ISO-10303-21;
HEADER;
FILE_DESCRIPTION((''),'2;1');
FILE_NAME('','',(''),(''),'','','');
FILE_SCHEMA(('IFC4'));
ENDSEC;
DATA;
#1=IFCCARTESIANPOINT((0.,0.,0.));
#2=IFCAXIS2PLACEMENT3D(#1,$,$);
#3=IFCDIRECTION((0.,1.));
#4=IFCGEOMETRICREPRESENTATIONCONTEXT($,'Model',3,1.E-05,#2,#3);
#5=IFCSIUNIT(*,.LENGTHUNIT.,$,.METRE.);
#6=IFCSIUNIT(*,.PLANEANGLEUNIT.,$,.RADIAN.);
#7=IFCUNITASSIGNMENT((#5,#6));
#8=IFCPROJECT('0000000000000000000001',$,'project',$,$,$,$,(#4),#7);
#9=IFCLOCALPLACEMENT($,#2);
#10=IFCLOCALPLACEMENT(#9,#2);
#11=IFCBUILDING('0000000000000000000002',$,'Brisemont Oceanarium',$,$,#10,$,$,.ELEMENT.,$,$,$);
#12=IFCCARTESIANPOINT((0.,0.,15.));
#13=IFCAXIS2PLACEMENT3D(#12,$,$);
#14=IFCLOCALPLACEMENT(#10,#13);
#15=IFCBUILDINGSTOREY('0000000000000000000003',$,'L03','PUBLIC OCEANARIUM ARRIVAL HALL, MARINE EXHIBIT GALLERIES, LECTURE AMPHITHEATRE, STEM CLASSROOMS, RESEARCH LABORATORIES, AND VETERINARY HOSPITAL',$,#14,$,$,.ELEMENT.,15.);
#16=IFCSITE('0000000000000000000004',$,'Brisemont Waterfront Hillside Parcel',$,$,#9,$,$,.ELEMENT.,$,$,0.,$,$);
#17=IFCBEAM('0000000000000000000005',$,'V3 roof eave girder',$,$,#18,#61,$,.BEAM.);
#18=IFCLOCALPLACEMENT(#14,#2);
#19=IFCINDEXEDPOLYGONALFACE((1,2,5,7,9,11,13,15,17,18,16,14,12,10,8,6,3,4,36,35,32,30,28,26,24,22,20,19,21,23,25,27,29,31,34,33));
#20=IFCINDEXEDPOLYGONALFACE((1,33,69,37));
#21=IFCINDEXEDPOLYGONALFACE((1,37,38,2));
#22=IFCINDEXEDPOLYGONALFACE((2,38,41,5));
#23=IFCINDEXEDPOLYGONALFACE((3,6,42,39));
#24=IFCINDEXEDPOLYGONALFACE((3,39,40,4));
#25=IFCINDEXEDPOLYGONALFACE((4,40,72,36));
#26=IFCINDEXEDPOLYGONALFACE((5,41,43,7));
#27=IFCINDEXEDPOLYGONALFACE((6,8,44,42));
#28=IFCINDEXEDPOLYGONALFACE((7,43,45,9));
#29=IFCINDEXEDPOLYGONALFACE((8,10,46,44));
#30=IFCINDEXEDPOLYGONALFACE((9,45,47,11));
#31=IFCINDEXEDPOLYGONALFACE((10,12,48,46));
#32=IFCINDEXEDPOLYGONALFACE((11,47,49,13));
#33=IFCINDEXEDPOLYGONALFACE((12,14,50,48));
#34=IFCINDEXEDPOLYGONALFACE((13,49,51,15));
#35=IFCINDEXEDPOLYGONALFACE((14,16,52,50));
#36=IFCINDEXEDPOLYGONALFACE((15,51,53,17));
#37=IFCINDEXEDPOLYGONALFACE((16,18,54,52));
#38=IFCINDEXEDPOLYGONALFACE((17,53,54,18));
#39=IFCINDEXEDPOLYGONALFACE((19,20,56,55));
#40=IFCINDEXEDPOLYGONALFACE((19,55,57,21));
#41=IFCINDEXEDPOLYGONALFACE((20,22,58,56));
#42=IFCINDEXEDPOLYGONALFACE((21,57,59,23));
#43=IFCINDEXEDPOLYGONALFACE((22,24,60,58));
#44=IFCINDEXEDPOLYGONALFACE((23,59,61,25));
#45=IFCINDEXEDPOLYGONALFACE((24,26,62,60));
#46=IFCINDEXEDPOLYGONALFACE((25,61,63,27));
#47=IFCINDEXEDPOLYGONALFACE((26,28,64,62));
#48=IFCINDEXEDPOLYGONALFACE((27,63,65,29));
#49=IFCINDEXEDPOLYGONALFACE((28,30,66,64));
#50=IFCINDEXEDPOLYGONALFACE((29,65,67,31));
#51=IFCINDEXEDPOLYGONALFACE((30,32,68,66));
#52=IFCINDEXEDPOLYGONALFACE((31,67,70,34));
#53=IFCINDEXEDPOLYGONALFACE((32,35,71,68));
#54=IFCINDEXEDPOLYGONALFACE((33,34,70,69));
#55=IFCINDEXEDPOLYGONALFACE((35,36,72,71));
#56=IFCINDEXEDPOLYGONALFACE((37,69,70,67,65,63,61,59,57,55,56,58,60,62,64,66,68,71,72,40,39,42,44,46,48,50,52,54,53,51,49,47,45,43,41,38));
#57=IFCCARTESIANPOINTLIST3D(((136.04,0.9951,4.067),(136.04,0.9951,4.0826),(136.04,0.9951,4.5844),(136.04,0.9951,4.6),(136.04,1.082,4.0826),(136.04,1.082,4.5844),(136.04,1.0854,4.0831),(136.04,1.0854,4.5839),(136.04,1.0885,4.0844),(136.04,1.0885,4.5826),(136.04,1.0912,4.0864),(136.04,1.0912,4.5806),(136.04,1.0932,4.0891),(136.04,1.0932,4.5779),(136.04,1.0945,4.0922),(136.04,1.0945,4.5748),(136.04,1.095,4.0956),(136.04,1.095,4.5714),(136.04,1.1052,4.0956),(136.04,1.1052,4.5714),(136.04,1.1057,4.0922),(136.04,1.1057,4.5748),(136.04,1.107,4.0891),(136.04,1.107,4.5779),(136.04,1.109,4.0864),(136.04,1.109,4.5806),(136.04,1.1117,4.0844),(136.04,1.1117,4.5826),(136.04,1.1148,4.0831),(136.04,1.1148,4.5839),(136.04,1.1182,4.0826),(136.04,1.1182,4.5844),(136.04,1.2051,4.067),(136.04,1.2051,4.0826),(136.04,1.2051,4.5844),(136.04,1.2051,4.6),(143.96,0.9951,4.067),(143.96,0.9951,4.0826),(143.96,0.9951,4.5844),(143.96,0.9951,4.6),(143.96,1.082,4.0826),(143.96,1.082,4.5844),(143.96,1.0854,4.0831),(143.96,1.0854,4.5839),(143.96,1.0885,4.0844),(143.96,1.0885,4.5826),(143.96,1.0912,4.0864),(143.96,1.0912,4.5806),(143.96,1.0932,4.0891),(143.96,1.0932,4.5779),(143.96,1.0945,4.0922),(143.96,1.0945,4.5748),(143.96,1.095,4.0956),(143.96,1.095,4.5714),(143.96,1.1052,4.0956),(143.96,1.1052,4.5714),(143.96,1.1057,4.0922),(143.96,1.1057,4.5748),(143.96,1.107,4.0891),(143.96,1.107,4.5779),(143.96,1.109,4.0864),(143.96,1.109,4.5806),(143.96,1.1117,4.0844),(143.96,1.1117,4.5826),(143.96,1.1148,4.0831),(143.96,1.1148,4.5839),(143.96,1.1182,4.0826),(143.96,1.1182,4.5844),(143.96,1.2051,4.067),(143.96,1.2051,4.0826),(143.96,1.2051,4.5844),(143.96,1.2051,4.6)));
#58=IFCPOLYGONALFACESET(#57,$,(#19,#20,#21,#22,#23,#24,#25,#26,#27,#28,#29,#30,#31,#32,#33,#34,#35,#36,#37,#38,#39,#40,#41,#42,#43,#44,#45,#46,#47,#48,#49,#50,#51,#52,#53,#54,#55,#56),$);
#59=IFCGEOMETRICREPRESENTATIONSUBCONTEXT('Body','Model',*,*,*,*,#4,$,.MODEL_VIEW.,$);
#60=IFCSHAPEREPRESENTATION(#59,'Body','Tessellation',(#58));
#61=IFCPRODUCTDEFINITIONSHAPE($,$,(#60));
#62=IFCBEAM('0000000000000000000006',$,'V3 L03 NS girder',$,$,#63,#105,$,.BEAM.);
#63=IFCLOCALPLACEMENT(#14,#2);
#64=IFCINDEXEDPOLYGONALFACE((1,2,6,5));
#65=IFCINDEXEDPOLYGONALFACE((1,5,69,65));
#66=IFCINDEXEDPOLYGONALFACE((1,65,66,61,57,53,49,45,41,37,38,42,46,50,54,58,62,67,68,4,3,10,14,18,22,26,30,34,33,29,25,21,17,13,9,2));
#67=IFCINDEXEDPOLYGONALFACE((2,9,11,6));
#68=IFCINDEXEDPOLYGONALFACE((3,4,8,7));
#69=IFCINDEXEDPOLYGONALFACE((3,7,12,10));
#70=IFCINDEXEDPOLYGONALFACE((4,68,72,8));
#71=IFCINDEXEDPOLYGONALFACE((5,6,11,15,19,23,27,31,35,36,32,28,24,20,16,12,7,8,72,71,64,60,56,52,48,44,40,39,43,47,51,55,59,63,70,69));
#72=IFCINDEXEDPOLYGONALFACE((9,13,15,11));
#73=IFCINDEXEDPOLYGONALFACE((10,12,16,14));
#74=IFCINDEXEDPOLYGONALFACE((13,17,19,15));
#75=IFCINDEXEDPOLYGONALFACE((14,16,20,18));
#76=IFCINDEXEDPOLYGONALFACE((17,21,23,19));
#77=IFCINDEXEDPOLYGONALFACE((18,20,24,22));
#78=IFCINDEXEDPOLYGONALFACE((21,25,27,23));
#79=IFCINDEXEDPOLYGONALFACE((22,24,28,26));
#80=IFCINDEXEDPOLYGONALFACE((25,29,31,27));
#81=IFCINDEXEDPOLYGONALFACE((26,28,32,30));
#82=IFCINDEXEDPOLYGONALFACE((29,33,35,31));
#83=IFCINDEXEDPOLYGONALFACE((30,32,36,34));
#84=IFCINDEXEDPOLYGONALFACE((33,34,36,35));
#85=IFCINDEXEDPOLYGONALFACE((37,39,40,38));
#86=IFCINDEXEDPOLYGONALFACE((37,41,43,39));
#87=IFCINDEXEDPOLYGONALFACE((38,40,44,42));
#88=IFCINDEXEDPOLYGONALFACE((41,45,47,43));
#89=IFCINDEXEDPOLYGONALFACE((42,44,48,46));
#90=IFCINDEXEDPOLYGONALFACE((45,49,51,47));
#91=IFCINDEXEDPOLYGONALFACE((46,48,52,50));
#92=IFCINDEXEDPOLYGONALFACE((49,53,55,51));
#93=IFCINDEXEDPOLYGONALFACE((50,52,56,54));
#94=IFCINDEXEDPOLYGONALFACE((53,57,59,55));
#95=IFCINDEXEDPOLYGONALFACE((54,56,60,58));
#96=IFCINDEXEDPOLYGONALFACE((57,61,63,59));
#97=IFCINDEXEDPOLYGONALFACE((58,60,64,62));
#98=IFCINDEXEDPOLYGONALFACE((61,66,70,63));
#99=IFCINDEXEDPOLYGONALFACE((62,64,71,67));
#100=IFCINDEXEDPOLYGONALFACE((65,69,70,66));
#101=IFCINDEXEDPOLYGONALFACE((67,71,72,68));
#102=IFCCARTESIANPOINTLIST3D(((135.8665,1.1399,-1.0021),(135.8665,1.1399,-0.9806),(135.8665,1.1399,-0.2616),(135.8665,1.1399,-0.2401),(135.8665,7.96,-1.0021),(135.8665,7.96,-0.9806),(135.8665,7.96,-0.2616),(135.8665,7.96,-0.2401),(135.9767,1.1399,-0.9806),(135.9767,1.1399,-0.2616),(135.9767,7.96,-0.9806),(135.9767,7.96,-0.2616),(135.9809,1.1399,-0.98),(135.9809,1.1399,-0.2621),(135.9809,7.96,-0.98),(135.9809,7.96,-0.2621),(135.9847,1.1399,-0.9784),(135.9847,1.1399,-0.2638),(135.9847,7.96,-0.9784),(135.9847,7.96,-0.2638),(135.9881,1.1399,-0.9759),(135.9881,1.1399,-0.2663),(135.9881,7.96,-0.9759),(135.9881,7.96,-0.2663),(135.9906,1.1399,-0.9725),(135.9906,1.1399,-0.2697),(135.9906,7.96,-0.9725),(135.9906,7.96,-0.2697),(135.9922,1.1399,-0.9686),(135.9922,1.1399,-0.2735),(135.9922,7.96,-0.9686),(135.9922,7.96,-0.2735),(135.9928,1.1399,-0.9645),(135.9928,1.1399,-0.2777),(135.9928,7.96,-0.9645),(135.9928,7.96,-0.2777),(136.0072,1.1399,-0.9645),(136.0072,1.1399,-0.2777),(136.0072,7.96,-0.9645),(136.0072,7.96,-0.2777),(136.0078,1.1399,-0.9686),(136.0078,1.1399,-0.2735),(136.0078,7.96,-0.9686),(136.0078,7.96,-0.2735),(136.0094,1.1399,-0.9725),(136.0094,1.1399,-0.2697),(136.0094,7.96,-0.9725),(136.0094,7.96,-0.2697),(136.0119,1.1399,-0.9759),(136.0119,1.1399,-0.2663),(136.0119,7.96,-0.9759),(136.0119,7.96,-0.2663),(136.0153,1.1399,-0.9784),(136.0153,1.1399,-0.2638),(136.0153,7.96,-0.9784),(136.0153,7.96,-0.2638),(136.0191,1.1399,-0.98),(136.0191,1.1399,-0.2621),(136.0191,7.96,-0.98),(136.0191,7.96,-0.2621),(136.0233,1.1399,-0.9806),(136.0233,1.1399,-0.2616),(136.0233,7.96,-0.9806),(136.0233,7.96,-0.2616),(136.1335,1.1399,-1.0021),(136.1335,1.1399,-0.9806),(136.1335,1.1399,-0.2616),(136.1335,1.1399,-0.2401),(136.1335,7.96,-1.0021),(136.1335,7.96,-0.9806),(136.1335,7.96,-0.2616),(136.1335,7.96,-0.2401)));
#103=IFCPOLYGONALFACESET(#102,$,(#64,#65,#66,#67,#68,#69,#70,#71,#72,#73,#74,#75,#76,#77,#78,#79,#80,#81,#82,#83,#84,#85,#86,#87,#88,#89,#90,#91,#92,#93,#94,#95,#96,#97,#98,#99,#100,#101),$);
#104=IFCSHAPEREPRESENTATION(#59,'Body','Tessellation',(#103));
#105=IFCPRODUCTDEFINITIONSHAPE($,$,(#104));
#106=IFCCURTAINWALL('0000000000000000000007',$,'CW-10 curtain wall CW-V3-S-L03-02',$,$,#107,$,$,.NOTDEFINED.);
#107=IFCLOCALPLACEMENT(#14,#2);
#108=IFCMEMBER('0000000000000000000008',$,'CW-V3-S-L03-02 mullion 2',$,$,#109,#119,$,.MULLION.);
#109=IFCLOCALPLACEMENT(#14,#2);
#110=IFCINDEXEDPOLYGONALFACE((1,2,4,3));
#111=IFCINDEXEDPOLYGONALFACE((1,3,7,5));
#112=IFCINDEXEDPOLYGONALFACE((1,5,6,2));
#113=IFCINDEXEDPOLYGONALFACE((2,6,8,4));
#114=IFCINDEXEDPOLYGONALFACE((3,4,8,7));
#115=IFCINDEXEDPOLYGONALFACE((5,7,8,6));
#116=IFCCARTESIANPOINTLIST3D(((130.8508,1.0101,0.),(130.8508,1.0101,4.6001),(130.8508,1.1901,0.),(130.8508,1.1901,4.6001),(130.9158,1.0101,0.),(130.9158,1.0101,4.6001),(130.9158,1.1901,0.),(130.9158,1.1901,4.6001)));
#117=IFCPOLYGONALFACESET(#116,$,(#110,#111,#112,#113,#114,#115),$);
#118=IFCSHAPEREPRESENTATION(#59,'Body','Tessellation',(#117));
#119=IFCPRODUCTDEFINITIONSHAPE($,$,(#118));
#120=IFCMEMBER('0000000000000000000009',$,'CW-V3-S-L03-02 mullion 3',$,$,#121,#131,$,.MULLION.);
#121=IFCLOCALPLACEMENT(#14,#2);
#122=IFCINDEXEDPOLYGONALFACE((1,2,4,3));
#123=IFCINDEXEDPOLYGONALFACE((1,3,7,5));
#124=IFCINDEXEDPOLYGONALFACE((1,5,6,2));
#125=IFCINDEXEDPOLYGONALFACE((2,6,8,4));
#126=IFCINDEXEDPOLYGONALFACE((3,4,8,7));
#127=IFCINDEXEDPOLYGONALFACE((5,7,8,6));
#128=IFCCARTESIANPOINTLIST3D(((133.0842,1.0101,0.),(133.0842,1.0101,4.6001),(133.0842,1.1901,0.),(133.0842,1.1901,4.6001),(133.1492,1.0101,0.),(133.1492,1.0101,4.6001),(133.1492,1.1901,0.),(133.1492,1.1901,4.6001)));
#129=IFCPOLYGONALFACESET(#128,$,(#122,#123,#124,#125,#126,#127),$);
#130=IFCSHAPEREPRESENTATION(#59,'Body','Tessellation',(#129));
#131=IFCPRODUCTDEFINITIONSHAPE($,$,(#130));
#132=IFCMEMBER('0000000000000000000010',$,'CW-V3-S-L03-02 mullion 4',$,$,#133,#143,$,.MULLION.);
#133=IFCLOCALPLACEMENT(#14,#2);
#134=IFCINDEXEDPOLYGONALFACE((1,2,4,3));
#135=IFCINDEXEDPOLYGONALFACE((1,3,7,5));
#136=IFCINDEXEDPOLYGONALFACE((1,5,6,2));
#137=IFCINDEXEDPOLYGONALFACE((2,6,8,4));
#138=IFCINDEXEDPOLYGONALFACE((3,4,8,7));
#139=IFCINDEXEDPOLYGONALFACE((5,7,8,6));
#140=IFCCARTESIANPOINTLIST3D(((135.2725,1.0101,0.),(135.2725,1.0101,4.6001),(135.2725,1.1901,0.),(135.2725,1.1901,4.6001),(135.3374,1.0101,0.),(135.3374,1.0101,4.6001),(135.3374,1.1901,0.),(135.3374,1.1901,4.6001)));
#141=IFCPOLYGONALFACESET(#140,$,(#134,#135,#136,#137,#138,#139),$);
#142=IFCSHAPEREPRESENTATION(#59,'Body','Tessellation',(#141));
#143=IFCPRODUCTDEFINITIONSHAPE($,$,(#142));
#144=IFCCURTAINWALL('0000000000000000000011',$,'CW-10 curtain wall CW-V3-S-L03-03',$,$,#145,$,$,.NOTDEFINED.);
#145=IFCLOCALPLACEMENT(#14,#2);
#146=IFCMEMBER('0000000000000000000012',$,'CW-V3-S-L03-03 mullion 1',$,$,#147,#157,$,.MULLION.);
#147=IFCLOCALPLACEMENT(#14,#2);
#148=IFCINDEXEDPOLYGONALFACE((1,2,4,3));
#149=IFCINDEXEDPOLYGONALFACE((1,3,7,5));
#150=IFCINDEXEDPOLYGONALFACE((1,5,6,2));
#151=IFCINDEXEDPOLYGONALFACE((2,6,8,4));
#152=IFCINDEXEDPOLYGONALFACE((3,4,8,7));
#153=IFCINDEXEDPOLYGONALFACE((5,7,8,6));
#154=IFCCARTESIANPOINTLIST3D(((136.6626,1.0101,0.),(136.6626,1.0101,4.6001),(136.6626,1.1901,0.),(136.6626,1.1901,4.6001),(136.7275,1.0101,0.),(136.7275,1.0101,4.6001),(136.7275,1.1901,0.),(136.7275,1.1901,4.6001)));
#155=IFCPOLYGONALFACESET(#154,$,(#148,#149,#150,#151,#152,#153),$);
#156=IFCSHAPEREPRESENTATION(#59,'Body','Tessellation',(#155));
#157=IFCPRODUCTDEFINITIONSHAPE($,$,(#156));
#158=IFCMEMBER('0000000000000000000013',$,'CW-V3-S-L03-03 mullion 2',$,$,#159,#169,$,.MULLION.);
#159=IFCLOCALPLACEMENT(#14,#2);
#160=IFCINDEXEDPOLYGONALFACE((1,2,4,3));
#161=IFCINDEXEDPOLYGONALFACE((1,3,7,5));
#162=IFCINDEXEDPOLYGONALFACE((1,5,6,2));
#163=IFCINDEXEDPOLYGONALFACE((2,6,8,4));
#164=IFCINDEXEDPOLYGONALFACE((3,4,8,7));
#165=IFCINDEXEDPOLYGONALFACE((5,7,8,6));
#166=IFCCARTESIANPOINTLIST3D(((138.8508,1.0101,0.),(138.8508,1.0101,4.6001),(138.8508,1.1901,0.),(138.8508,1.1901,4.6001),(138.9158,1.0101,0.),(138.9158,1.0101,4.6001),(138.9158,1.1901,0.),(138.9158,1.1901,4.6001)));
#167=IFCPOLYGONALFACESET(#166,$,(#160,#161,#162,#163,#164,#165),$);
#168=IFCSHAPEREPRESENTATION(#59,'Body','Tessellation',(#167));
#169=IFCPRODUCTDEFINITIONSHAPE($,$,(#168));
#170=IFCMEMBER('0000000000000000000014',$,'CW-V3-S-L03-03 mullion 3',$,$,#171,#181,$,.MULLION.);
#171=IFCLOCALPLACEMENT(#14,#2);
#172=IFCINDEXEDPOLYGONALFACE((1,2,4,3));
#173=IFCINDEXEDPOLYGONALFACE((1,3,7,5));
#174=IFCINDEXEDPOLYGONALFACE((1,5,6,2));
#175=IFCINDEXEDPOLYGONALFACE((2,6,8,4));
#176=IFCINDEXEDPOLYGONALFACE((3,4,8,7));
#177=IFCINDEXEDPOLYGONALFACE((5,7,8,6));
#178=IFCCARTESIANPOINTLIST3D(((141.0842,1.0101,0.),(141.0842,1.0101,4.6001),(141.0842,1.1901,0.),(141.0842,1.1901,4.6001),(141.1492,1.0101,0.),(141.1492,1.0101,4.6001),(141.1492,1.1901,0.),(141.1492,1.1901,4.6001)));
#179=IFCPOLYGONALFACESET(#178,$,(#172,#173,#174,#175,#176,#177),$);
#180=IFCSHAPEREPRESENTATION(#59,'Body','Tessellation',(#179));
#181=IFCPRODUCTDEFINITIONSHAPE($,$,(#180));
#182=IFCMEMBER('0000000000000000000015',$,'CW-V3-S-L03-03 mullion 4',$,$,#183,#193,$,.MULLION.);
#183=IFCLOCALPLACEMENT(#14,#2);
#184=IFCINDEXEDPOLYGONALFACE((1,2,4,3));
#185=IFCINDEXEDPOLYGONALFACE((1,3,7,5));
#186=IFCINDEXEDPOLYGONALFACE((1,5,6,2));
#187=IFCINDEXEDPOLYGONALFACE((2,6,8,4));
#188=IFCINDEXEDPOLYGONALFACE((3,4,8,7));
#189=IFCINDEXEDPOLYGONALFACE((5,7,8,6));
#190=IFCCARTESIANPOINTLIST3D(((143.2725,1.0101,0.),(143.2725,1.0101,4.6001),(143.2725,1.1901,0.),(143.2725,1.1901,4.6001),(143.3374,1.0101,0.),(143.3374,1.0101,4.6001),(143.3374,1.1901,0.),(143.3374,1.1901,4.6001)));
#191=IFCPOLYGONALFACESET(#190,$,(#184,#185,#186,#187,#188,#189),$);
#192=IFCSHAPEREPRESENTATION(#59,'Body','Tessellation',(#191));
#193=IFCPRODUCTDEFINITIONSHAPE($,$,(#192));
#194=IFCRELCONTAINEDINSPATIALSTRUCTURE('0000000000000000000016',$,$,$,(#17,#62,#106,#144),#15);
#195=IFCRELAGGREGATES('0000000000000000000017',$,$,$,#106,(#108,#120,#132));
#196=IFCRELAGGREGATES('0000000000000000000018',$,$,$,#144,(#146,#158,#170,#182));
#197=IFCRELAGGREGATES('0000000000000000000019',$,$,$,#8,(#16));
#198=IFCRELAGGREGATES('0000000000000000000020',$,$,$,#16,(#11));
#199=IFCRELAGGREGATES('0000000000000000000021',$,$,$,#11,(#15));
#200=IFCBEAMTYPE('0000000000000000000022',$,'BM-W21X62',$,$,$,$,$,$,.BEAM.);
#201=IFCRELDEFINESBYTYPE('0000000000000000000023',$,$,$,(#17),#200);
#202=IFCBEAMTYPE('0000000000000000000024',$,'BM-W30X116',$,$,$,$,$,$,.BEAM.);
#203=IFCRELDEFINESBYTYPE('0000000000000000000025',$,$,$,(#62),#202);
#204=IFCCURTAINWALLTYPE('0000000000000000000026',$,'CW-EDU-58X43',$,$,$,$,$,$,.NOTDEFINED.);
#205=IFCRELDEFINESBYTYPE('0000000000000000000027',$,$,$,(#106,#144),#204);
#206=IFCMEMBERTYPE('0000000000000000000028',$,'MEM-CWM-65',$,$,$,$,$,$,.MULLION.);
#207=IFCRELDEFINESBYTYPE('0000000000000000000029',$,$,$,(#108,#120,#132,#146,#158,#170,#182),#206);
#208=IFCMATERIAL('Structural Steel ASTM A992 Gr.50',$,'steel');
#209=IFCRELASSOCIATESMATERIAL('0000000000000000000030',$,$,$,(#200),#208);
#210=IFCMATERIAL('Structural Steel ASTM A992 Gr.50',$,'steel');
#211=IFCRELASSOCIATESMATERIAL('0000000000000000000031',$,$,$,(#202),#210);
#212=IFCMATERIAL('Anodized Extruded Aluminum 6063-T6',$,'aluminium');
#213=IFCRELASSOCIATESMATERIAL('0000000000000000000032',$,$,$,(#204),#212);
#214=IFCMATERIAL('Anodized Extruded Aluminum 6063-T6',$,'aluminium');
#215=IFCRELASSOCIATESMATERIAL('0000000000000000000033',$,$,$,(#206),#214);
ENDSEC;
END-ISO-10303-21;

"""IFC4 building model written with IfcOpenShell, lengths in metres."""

from ifc_helpers import new_model, si_unit, direction, frame, origin, origin_2d, place, context, subcontext, project, spatial, rectangle, i_section, extrude, material, material_profile, profile_set, type_object, element, aggregate, save


model = new_model("IFC4")

# Units and contexts
model_context = context("Model", 3, precision=1e-05, world=origin(), true_north=direction((0.0, 1.0)))
body_context = subcontext(model_context, "Body", "Model", "MODEL_VIEW")
ifc_project = project(units=[si_unit("LENGTHUNIT", "METRE"), si_unit("PLANEANGLEUNIT", "RADIAN")], contexts=[model_context])

# Site, building, storey
site_placement = place(None, origin())
site = spatial("IfcSite", under=ifc_project, at=site_placement, Name="Brisemont Waterfront Hillside Parcel", CompositionType="ELEMENT", RefElevation=0.0)
building_placement = place(site_placement, origin())
building = spatial("IfcBuilding", under=site, at=building_placement, Name="Brisemont Oceanarium", CompositionType="ELEMENT")
storey_placement = place(building_placement, frame((0.0, 0.0, 15.0)))
storey = spatial("IfcBuildingStorey", under=building, at=storey_placement, Name="L03", Description="PUBLIC OCEANARIUM ARRIVAL HALL, MARINE EXHIBIT GALLERIES, LECTURE AMPHITHEATRE, STEM CLASSROOMS, RESEARCH LABORATORIES, AND VETERINARY HOSPITAL", CompositionType="ELEMENT", Elevation=15.0)

# Beams
ifc_material_1 = material(Name="Structural Steel ASTM A992 Gr.50", Category="steel")
ifc_material_profile_1 = material_profile(ifc_material_1, i_section(OverallWidth=0.21, OverallDepth=0.533, WebThickness=0.0103, FlangeThickness=0.0156, FilletRadius=0.0129, at=origin_2d()), Name="W21X62")
ifc_profile_set_1 = profile_set([ifc_material_profile_1], Name="Structural Steel ASTM A992 Gr.50")
beam_type_1 = type_object("IfcBeamType", Name="BM-W21X62", PredefinedType="BEAM", material=ifc_profile_set_1)
beam_1_placement = place(storey_placement, frame((136.04, 1.1001, 4.3335), z_axis=(1.0, 0.0, 0.0), x_axis=(0.0, 1.0, 0.0)))
element("IfcBeam", 1, at=beam_1_placement, inside=storey, type_object=beam_type_1, Name="V3 roof eave girder", PredefinedType="BEAM", context=body_context, shape_type="SweptSolid", body=[
    extrude(i_section(OverallWidth=0.21, OverallDepth=0.533, WebThickness=0.0103, FlangeThickness=0.0156, FilletRadius=0.0129, at=origin_2d()), origin(), (0.0, 0.0, 1.0), 7.9199),
])
ifc_material_2 = material(Name="Structural Steel ASTM A992 Gr.50", Category="steel")
ifc_material_profile_2 = material_profile(ifc_material_2, i_section(OverallWidth=0.2671, OverallDepth=0.762, WebThickness=0.0144, FlangeThickness=0.0215, FilletRadius=0.0161, at=origin_2d()), Name="W30X116")
ifc_profile_set_2 = profile_set([ifc_material_profile_2], Name="Structural Steel ASTM A992 Gr.50")
beam_type_2 = type_object("IfcBeamType", Name="BM-W30X116", PredefinedType="BEAM", material=ifc_profile_set_2)
beam_2_placement = place(storey_placement, frame((136.0, 1.1399, -0.6211), z_axis=(0.0, 1.0, 0.0), x_axis=(-1.0, 0.0, 0.0)))
element("IfcBeam", 2, at=beam_2_placement, inside=storey, type_object=beam_type_2, Name="V3 L03 NS girder", PredefinedType="BEAM", context=body_context, shape_type="SweptSolid", body=[
    extrude(i_section(OverallWidth=0.2671, OverallDepth=0.762, WebThickness=0.0144, FlangeThickness=0.0215, FilletRadius=0.0161, at=origin_2d()), origin(), (0.0, 0.0, 1.0), 6.8201),
])

# Curtain walls, members
ifc_material_3 = material(Name="Anodized Extruded Aluminum 6063-T6", Category="aluminium")
curtain_wall_type = type_object("IfcCurtainWallType", Name="CW-EDU-58X43", PredefinedType="NOTDEFINED", material=ifc_material_3)
curtain_wall_1_placement = place(storey_placement, origin())
curtain_wall_1 = element("IfcCurtainWall", 3, at=curtain_wall_1_placement, inside=storey, type_object=curtain_wall_type, Name="CW-10 curtain wall CW-V3-S-L03-02", PredefinedType="NOTDEFINED")
ifc_material_4 = material(Name="Anodized Extruded Aluminum 6063-T6", Category="aluminium")
ifc_material_profile_3 = material_profile(ifc_material_4, rectangle(XDim=0.0649, YDim=0.1799, at=origin_2d()), Name="CWM-65X180")
ifc_profile_set_3 = profile_set([ifc_material_profile_3], Name="Anodized Extruded Aluminum 6063-T6")
member_type_1 = type_object("IfcMemberType", Name="MEM-CWM-65", PredefinedType="MULLION", material=ifc_profile_set_3)
member_1_placement = place(storey_placement, frame((130.8833, 1.1001, 0.0), z_axis=(0.0, 0.0, 1.0), x_axis=(1.0, 0.0, 0.0)))
member_1 = element("IfcMember", 4, at=member_1_placement, type_object=member_type_1, Name="CW-V3-S-L03-02 mullion 2", PredefinedType="MULLION", context=body_context, shape_type="SweptSolid", body=[
    extrude(rectangle(XDim=0.0649, YDim=0.1799, at=origin_2d()), origin(), (0.0, 0.0, 1.0), 4.6001),
])
member_2_placement = place(storey_placement, frame((133.1167, 1.1001, 0.0), z_axis=(0.0, 0.0, 1.0), x_axis=(1.0, 0.0, 0.0)))
member_2 = element("IfcMember", 5, at=member_2_placement, type_object=member_type_1, Name="CW-V3-S-L03-02 mullion 3", PredefinedType="MULLION", context=body_context, shape_type="SweptSolid", body=[
    extrude(rectangle(XDim=0.0649, YDim=0.1799, at=origin_2d()), origin(), (0.0, 0.0, 1.0), 4.6001),
])
member_3_placement = place(storey_placement, frame((135.3049, 1.1001, 0.0), z_axis=(0.0, 0.0, 1.0), x_axis=(1.0, 0.0, 0.0)))
member_3 = element("IfcMember", 6, at=member_3_placement, type_object=member_type_1, Name="CW-V3-S-L03-02 mullion 4", PredefinedType="MULLION", context=body_context, shape_type="SweptSolid", body=[
    extrude(rectangle(XDim=0.0649, YDim=0.1799, at=origin_2d()), origin(), (0.0, 0.0, 1.0), 4.6001),
])
curtain_wall_2_placement = place(storey_placement, origin())
curtain_wall_2 = element("IfcCurtainWall", 7, at=curtain_wall_2_placement, inside=storey, type_object=curtain_wall_type, Name="CW-10 curtain wall CW-V3-S-L03-03", PredefinedType="NOTDEFINED")
member_4_placement = place(storey_placement, frame((136.6951, 1.1001, 0.0), z_axis=(0.0, 0.0, 1.0), x_axis=(1.0, 0.0, 0.0)))
member_4 = element("IfcMember", 8, at=member_4_placement, type_object=member_type_1, Name="CW-V3-S-L03-03 mullion 1", PredefinedType="MULLION", context=body_context, shape_type="SweptSolid", body=[
    extrude(rectangle(XDim=0.0649, YDim=0.1799, at=origin_2d()), origin(), (0.0, 0.0, 1.0), 4.6001),
])
member_5_placement = place(storey_placement, frame((138.8833, 1.1001, 0.0), z_axis=(0.0, 0.0, 1.0), x_axis=(1.0, 0.0, 0.0)))
member_5 = element("IfcMember", 9, at=member_5_placement, type_object=member_type_1, Name="CW-V3-S-L03-03 mullion 2", PredefinedType="MULLION", context=body_context, shape_type="SweptSolid", body=[
    extrude(rectangle(XDim=0.0649, YDim=0.1799, at=origin_2d()), origin(), (0.0, 0.0, 1.0), 4.6001),
])
member_6_placement = place(storey_placement, frame((141.1167, 1.1001, 0.0), z_axis=(0.0, 0.0, 1.0), x_axis=(1.0, 0.0, 0.0)))
member_6 = element("IfcMember", 10, at=member_6_placement, type_object=member_type_1, Name="CW-V3-S-L03-03 mullion 3", PredefinedType="MULLION", context=body_context, shape_type="SweptSolid", body=[
    extrude(rectangle(XDim=0.0649, YDim=0.1799, at=origin_2d()), origin(), (0.0, 0.0, 1.0), 4.6001),
])
member_7_placement = place(storey_placement, frame((143.3049, 1.1001, 0.0), z_axis=(0.0, 0.0, 1.0), x_axis=(1.0, 0.0, 0.0)))
member_7 = element("IfcMember", 11, at=member_7_placement, type_object=member_type_1, Name="CW-V3-S-L03-03 mullion 4", PredefinedType="MULLION", context=body_context, shape_type="SweptSolid", body=[
    extrude(rectangle(XDim=0.0649, YDim=0.1799, at=origin_2d()), origin(), (0.0, 0.0, 1.0), 4.6001),
])

aggregate(curtain_wall_1, [member_1, member_2, member_3])
aggregate(curtain_wall_2, [member_4, member_5, member_6, member_7])

save(model, "model.ifc")
